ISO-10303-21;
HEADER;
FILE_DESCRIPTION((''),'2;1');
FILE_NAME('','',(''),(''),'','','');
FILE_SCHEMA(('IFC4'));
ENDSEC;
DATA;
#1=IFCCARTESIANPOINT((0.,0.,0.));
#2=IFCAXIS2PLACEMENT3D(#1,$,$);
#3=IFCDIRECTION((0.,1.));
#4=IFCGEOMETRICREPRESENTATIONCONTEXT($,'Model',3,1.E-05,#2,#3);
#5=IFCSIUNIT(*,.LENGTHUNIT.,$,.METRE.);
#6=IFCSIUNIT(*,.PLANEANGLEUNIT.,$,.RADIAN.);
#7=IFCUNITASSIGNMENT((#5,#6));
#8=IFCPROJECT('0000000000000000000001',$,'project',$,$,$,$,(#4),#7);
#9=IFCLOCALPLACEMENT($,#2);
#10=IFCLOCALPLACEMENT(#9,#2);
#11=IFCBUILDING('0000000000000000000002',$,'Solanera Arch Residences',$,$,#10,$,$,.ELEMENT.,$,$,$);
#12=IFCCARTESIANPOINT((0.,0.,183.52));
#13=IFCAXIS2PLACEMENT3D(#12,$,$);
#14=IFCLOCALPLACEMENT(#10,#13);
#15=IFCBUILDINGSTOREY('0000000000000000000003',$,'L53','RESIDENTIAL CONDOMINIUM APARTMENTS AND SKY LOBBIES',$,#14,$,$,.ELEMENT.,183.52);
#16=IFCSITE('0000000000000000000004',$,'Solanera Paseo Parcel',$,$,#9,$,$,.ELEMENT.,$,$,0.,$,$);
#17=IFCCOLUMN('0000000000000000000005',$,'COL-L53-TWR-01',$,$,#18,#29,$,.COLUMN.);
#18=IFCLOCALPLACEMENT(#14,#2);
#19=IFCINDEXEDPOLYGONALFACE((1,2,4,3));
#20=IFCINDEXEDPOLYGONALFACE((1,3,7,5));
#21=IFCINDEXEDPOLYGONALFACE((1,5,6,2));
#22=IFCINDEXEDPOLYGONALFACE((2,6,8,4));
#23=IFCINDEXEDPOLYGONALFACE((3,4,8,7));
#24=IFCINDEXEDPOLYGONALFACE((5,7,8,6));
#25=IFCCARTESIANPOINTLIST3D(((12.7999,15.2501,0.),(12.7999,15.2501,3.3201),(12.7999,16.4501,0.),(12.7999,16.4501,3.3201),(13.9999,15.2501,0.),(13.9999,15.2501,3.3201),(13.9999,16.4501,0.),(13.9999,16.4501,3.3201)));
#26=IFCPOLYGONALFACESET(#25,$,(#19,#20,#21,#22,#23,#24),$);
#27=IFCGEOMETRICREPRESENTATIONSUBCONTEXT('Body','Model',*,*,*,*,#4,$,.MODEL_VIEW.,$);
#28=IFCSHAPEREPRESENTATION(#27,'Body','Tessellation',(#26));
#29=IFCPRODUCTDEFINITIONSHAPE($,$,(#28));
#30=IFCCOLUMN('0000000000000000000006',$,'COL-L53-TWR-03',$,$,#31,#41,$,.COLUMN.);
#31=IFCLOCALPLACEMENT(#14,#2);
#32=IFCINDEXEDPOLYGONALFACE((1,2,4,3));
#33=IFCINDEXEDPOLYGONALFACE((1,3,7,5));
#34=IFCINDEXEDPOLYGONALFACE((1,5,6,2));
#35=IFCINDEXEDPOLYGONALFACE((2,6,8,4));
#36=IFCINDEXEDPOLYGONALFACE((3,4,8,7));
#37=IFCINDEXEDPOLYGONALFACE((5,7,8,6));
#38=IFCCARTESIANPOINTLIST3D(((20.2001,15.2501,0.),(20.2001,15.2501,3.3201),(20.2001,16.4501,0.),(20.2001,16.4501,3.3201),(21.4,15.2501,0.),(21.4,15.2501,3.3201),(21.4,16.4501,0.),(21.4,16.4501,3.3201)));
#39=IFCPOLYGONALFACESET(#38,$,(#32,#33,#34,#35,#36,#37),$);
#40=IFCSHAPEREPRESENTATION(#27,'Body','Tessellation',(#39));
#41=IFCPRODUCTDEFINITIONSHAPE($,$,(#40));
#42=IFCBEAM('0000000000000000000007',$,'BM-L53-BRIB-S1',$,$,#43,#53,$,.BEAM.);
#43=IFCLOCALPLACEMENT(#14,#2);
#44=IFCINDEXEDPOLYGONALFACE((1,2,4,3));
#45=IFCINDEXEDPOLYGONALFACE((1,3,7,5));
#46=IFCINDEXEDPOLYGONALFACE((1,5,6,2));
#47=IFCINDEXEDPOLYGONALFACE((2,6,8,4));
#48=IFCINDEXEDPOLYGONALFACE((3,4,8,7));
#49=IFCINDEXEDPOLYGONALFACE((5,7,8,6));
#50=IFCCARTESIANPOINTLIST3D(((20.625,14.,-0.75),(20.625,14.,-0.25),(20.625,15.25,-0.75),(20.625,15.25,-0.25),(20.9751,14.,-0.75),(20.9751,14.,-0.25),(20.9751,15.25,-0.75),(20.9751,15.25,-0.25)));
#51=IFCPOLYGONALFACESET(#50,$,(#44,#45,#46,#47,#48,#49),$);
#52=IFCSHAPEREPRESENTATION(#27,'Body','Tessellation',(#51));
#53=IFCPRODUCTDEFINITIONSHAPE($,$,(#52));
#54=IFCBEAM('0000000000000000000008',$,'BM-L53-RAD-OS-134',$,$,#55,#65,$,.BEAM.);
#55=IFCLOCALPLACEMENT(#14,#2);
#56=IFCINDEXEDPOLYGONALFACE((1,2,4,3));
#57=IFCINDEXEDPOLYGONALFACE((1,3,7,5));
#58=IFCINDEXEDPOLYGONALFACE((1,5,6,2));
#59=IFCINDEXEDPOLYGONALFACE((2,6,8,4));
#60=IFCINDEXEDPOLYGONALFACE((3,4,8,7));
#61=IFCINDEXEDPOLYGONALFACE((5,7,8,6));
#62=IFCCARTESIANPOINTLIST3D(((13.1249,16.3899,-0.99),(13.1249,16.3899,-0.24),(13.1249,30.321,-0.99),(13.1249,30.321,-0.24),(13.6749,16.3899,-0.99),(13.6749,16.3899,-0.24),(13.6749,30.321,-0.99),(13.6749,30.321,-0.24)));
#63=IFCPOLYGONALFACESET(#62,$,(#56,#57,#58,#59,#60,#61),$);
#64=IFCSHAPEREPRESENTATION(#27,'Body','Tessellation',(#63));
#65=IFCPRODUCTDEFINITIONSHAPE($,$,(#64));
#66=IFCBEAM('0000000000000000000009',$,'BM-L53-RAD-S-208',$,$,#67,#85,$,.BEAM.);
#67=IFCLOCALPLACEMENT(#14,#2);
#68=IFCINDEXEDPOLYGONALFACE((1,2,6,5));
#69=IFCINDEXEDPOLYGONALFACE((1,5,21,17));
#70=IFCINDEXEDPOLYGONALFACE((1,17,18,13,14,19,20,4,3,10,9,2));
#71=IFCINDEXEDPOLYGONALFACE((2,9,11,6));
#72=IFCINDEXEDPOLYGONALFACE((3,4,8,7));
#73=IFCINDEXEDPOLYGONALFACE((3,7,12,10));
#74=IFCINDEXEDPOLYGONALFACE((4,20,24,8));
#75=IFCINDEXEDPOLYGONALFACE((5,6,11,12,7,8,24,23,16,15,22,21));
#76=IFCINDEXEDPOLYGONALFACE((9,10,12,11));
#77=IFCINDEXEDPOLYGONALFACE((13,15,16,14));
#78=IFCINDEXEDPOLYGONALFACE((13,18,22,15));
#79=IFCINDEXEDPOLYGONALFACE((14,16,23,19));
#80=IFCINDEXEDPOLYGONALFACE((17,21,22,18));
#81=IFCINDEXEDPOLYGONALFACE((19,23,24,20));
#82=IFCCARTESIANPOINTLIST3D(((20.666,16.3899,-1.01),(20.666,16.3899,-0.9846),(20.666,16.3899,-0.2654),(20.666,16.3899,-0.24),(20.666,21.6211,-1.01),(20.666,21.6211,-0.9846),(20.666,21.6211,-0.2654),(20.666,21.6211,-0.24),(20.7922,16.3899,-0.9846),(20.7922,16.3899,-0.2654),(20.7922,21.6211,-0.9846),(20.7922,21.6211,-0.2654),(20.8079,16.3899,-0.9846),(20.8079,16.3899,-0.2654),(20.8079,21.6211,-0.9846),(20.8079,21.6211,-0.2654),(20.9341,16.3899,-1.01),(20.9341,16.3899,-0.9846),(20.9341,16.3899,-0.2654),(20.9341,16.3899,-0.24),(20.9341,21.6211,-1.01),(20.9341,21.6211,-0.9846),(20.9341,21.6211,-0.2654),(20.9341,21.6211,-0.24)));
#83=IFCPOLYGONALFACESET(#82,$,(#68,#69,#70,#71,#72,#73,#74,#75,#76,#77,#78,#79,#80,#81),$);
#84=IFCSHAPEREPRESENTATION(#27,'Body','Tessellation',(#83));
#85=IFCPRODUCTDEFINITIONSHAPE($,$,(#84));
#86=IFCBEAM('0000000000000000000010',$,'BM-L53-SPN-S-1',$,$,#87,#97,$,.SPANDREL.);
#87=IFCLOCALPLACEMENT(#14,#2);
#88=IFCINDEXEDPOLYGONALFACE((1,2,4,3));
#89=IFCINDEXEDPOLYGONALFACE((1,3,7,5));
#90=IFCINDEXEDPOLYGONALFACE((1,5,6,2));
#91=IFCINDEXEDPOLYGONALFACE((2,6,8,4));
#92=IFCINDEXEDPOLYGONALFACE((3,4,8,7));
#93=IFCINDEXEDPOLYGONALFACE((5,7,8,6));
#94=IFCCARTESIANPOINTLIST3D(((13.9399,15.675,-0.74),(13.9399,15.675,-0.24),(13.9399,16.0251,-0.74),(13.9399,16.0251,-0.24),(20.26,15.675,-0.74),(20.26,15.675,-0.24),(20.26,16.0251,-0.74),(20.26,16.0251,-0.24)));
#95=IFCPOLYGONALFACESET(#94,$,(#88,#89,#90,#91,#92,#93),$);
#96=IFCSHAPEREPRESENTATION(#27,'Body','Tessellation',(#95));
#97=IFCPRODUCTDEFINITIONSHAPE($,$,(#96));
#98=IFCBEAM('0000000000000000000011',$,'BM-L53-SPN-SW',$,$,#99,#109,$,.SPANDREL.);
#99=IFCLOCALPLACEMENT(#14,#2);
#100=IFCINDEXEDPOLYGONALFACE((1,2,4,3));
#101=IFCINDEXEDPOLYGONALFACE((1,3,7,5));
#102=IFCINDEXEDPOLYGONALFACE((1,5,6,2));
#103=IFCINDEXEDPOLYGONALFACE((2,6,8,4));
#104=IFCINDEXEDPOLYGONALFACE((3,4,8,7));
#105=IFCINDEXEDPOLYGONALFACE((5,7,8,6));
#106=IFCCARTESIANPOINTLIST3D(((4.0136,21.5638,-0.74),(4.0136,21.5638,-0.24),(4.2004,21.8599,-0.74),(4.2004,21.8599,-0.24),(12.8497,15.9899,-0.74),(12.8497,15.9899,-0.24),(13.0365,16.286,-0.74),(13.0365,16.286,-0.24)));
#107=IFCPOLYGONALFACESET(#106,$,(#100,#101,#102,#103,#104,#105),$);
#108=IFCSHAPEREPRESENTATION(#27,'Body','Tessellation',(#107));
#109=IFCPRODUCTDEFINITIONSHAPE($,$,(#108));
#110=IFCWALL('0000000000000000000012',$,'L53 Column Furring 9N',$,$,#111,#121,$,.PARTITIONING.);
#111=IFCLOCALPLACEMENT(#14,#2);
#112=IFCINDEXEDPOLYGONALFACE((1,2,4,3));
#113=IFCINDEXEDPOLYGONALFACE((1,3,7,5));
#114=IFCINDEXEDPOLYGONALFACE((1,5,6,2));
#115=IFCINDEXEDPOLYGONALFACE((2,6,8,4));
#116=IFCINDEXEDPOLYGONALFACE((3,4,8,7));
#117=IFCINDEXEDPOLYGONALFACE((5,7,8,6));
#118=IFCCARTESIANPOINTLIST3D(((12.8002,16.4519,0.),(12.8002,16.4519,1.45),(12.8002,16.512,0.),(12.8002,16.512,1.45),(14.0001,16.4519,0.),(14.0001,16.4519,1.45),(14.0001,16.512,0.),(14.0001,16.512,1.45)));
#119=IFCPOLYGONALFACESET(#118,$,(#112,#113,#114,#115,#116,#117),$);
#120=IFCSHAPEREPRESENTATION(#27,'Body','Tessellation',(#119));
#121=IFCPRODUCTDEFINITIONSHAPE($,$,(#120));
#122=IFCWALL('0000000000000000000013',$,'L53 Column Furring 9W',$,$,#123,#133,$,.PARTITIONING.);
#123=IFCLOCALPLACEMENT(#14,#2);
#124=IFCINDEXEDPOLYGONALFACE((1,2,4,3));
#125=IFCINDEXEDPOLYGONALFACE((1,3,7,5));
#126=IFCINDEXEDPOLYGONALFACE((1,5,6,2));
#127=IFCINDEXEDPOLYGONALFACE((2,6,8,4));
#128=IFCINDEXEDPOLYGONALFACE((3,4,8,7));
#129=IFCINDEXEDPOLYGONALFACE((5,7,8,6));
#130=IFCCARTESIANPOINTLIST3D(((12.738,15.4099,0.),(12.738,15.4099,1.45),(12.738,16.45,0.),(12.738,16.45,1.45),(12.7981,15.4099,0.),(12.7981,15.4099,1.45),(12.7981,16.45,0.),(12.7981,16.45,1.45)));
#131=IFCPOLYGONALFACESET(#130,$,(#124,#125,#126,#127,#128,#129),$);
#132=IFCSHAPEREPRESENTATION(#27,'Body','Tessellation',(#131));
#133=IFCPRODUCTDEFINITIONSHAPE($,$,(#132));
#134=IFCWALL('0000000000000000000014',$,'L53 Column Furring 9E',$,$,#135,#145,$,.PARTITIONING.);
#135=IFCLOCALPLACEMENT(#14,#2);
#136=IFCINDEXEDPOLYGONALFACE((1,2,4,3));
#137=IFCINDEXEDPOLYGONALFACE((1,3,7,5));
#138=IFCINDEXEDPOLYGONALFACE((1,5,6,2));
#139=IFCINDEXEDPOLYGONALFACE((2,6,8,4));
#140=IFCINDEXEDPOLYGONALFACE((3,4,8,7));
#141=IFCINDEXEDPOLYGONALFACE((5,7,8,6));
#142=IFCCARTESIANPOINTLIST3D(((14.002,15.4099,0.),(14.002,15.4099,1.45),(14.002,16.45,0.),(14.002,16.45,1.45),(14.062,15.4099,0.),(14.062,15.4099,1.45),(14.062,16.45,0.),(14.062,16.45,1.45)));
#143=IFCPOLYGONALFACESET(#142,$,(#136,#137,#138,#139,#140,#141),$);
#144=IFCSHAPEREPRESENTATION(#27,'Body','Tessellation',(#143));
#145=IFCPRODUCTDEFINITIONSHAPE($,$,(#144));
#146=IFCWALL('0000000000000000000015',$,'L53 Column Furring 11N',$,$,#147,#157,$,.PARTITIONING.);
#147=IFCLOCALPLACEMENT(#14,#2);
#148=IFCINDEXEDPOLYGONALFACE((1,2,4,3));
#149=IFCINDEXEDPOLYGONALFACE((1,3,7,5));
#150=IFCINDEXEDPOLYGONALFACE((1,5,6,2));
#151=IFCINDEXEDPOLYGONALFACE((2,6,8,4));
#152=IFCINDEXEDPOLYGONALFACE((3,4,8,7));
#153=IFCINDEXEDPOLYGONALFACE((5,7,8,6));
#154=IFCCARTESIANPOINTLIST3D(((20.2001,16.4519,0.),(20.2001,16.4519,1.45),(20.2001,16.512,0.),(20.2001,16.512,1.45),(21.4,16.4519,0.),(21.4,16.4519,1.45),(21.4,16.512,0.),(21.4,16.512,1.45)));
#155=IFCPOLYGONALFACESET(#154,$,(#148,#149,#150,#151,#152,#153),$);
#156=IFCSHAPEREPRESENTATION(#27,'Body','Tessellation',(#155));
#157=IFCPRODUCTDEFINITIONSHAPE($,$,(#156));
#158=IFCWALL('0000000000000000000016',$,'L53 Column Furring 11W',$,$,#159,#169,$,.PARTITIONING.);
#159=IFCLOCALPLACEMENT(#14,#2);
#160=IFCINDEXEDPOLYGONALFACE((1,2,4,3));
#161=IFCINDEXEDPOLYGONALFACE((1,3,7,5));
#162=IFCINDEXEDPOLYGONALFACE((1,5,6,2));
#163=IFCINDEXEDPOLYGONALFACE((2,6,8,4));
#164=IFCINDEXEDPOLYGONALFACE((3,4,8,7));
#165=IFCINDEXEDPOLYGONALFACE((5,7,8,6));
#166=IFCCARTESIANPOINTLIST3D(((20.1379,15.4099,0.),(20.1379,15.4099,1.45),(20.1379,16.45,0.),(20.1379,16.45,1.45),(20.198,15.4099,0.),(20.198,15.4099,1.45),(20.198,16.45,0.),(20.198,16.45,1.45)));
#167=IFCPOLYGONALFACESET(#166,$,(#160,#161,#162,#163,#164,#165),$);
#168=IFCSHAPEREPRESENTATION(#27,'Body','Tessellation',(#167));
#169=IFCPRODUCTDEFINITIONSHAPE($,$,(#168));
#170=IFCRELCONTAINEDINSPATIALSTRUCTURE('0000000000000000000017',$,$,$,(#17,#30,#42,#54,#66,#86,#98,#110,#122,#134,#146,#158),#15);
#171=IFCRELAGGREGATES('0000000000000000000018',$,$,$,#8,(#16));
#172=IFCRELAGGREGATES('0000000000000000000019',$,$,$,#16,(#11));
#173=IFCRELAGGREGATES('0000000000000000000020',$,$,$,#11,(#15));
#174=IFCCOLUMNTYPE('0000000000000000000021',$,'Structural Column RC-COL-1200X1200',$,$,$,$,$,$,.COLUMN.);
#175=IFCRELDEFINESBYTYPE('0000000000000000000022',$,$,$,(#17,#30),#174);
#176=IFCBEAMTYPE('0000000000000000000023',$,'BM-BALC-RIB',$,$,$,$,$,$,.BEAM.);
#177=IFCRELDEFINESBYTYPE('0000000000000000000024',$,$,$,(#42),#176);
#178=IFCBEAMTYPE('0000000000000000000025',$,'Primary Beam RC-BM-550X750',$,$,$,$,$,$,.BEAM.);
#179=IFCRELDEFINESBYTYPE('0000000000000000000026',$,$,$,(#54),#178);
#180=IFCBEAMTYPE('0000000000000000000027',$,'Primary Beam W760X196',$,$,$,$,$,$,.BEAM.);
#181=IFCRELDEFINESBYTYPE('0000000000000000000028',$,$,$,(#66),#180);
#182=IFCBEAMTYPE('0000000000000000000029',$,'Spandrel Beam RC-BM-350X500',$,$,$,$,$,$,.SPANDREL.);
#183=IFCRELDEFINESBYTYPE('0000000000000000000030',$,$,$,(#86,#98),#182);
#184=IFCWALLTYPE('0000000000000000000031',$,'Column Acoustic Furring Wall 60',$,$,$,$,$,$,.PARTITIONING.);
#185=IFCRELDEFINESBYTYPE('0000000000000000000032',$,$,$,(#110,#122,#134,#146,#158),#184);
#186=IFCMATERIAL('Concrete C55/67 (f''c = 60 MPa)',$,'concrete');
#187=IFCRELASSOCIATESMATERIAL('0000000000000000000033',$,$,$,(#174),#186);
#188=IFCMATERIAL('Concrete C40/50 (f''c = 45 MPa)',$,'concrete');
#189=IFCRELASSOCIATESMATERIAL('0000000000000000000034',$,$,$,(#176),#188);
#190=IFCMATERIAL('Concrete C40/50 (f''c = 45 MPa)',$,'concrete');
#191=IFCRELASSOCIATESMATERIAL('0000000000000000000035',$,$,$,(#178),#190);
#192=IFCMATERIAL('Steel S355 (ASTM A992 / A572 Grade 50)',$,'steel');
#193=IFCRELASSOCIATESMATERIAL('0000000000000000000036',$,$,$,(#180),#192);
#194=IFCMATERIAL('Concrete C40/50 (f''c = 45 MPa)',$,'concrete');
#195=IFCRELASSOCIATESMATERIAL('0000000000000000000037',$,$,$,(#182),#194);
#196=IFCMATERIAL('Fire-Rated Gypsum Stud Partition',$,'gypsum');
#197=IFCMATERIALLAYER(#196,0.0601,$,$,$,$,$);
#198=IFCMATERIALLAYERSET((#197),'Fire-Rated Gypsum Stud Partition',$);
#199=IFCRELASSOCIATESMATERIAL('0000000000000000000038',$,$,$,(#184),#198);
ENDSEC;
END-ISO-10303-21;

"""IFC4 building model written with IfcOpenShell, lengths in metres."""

from ifc_helpers import new_model, si_unit, direction, frame, frame_2d, origin, origin_2d, place, context, subcontext, project, spatial, rectangle, i_section, extrude, material, layer, layer_set, material_profile, profile_set, type_object, element, save


model = new_model("IFC4")

# Units and contexts
model_context = context("Model", 3, precision=1e-05, world=origin(), true_north=direction((0.0, 1.0)))
body_context = subcontext(model_context, "Body", "Model", "MODEL_VIEW")
ifc_project = project(units=[si_unit("LENGTHUNIT", "METRE"), si_unit("PLANEANGLEUNIT", "RADIAN")], contexts=[model_context])

# Site, building, storey
site_placement = place(None, origin())
site = spatial("IfcSite", under=ifc_project, at=site_placement, Name="Solanera Paseo Parcel", CompositionType="ELEMENT", RefElevation=0.0)
building_placement = place(site_placement, origin())
building = spatial("IfcBuilding", under=site, at=building_placement, Name="Solanera Arch Residences", CompositionType="ELEMENT")
storey_placement = place(building_placement, frame((0.0, 0.0, 183.52)))
storey = spatial("IfcBuildingStorey", under=building, at=storey_placement, Name="L53", Description="RESIDENTIAL CONDOMINIUM APARTMENTS AND SKY LOBBIES", CompositionType="ELEMENT", Elevation=183.52)

# Columns
ifc_material_1 = material(Name="Concrete C55/67 (f'c = 60 MPa)", Category="concrete")
ifc_material_profile_1 = material_profile(ifc_material_1, rectangle(XDim=1.2, YDim=1.2, at=origin_2d()))
ifc_profile_set_1 = profile_set([ifc_material_profile_1], Name="Concrete C55/67 (f'c = 60 MPa)")
column_type = type_object("IfcColumnType", Name="Structural Column RC-COL-1200X1200", PredefinedType="COLUMN", material=ifc_profile_set_1)
for number, where, z_axis, x_axis, name in (
    (1, (13.3999, 15.8501, 0.0), (0.0, 0.0, 1.0), (1.0, 0.0, 0.0), "COL-L53-TWR-01"),
    (2, (20.8, 15.8501, 0.0), (0.0, 0.0, 1.0), (1.0, 0.0, 0.0), "COL-L53-TWR-03"),
):
    element("IfcColumn", number, at=place(storey_placement, frame(where, z_axis=z_axis, x_axis=x_axis)), inside=storey, type_object=column_type, Name=name, PredefinedType="COLUMN", context=body_context, shape_type="SweptSolid", body=[
        extrude(rectangle(XDim=1.2, YDim=1.2, at=origin_2d()), origin(), (0.0, 0.0, 1.0), 3.3201),
    ])

# Beams
ifc_material_2 = material(Name="Concrete C40/50 (f'c = 45 MPa)", Category="concrete")
ifc_material_profile_2 = material_profile(ifc_material_2, rectangle(XDim=0.3501, YDim=0.5, at=origin_2d()))
ifc_profile_set_2 = profile_set([ifc_material_profile_2], Name="Concrete C40/50 (f'c = 45 MPa)")
beam_type_1 = type_object("IfcBeamType", Name="BM-BALC-RIB", PredefinedType="BEAM", material=ifc_profile_set_2)
beam_1_placement = place(storey_placement, frame((20.8, 14.0, -0.5), z_axis=(0.0, 1.0, 0.0), x_axis=(-1.0, 0.0, 0.0)))
element("IfcBeam", 3, at=beam_1_placement, inside=storey, type_object=beam_type_1, Name="BM-L53-BRIB-S1", PredefinedType="BEAM", context=body_context, shape_type="SweptSolid", body=[
    extrude(rectangle(XDim=0.3501, YDim=0.5, at=origin_2d()), origin(), (0.0, 0.0, 1.0), 1.25),
])
ifc_material_3 = material(Name="Concrete C40/50 (f'c = 45 MPa)", Category="concrete")
ifc_material_profile_3 = material_profile(ifc_material_3, rectangle(XDim=0.55, YDim=0.75, at=origin_2d()))
ifc_profile_set_3 = profile_set([ifc_material_profile_3], Name="Concrete C40/50 (f'c = 45 MPa)")
beam_type_2 = type_object("IfcBeamType", Name="Primary Beam RC-BM-550X750", PredefinedType="BEAM", material=ifc_profile_set_3)
beam_2_placement = place(storey_placement, frame((13.3999, 16.3899, -0.615), z_axis=(0.0, 1.0, 0.0), x_axis=(-1.0, 0.0, 0.0)))
element("IfcBeam", 4, at=beam_2_placement, inside=storey, type_object=beam_type_2, Name="BM-L53-RAD-OS-134", PredefinedType="BEAM", context=body_context, shape_type="SweptSolid", body=[
    extrude(rectangle(XDim=0.55, YDim=0.75, at=origin_2d()), origin(), (0.0, 0.0, 1.0), 13.9312),
])
ifc_material_4 = material(Name="Steel S355 (ASTM A992 / A572 Grade 50)", Category="steel")
ifc_material_profile_4 = material_profile(ifc_material_4, i_section(OverallWidth=0.2681, OverallDepth=0.77, WebThickness=0.0156, FlangeThickness=0.0254, at=origin_2d()))
ifc_profile_set_4 = profile_set([ifc_material_profile_4], Name="Steel S355 (ASTM A992 / A572 Grade 50)")
beam_type_3 = type_object("IfcBeamType", Name="Primary Beam W760X196", PredefinedType="BEAM", material=ifc_profile_set_4)
beam_3_placement = place(storey_placement, frame((20.8, 16.3899, -0.625), z_axis=(0.0, 1.0, 0.0), x_axis=(-1.0, 0.0, 0.0)))
element("IfcBeam", 5, at=beam_3_placement, inside=storey, type_object=beam_type_3, Name="BM-L53-RAD-S-208", PredefinedType="BEAM", context=body_context, shape_type="SweptSolid", body=[
    extrude(i_section(OverallWidth=0.2681, OverallDepth=0.77, WebThickness=0.0156, FlangeThickness=0.0254, at=origin_2d()), origin(), (0.0, 0.0, 1.0), 5.2312),
])
ifc_material_5 = material(Name="Concrete C40/50 (f'c = 45 MPa)", Category="concrete")
ifc_material_profile_5 = material_profile(ifc_material_5, rectangle(XDim=0.3501, YDim=0.5, at=origin_2d()))
ifc_profile_set_5 = profile_set([ifc_material_profile_5], Name="Concrete C40/50 (f'c = 45 MPa)")
beam_type_4 = type_object("IfcBeamType", Name="Spandrel Beam RC-BM-350X500", PredefinedType="SPANDREL", material=ifc_profile_set_5)
beam_4_placement = place(storey_placement, frame((13.9399, 15.8501, -0.49), z_axis=(1.0, 0.0, 0.0), x_axis=(0.0, 1.0, 0.0)))
element("IfcBeam", 6, at=beam_4_placement, inside=storey, type_object=beam_type_4, Name="BM-L53-SPN-S-1", PredefinedType="SPANDREL", context=body_context, shape_type="SweptSolid", body=[
    extrude(rectangle(XDim=0.3501, YDim=0.5, at=origin_2d()), origin(), (0.0, 0.0, 1.0), 6.3201),
])
beam_5_placement = place(storey_placement, frame((12.9431, 16.1379, -0.49), z_axis=(-0.845781, 0.53353, 0.0), x_axis=(-0.53353, -0.845781, 0.0)))
element("IfcBeam", 7, at=beam_5_placement, inside=storey, type_object=beam_type_4, Name="BM-L53-SPN-SW", PredefinedType="SPANDREL", context=body_context, shape_type="SweptSolid", body=[
    extrude(rectangle(XDim=0.3501, YDim=0.5, at=origin_2d()), origin(), (0.0, 0.0, 1.0), 10.4473),
])

# Walls
ifc_material_6 = material(Name="Fire-Rated Gypsum Stud Partition", Category="gypsum")
ifc_layer_1 = layer(ifc_material_6, 0.0601)
ifc_layer_set_1 = layer_set([ifc_layer_1], Name="Fire-Rated Gypsum Stud Partition")
wall_type_1 = type_object("IfcWallType", Name="Column Acoustic Furring Wall 60", PredefinedType="PARTITIONING", material=ifc_layer_set_1)
wall_1_placement = place(storey_placement, frame((12.8, 16.4819, 0.0), z_axis=(0.0, 0.0, 1.0), x_axis=(1.0, 0.0, 0.0)))
element("IfcWall", 8, at=wall_1_placement, inside=storey, type_object=wall_type_1, Name="L53 Column Furring 9N", PredefinedType="PARTITIONING", context=body_context, shape_type="SweptSolid", body=[
    extrude(rectangle(XDim=1.2, YDim=0.0601, at=frame_2d((0.6001, 0.0))), origin(), (0.0, 0.0, 1.0), 1.45),
])
for number, where, z_axis, x_axis, name in (
    (9, (12.7681, 15.4099, 0.0), (0.0, 0.0, 1.0), (0.0, 1.0, 0.0), "L53 Column Furring 9W"),
    (10, (14.032, 15.4099, 0.0), (0.0, 0.0, 1.0), (0.0, 1.0, 0.0), "L53 Column Furring 9E"),
):
    element("IfcWall", number, at=place(storey_placement, frame(where, z_axis=z_axis, x_axis=x_axis)), inside=storey, type_object=wall_type_1, Name=name, PredefinedType="PARTITIONING", context=body_context, shape_type="SweptSolid", body=[
        extrude(rectangle(XDim=1.04, YDim=0.0601, at=frame_2d((0.52, 0.0))), origin(), (0.0, 0.0, 1.0), 1.45),
    ])
wall_2_placement = place(storey_placement, frame((20.2, 16.4819, 0.0), z_axis=(0.0, 0.0, 1.0), x_axis=(1.0, 0.0, 0.0)))
element("IfcWall", 11, at=wall_2_placement, inside=storey, type_object=wall_type_1, Name="L53 Column Furring 11N", PredefinedType="PARTITIONING", context=body_context, shape_type="SweptSolid", body=[
    extrude(rectangle(XDim=1.2, YDim=0.0601, at=frame_2d((0.6001, 0.0))), origin(), (0.0, 0.0, 1.0), 1.45),
])
wall_3_placement = place(storey_placement, frame((20.168, 15.4099, 0.0), z_axis=(0.0, 0.0, 1.0), x_axis=(0.0, 1.0, 0.0)))
element("IfcWall", 12, at=wall_3_placement, inside=storey, type_object=wall_type_1, Name="L53 Column Furring 11W", PredefinedType="PARTITIONING", context=body_context, shape_type="SweptSolid", body=[
    extrude(rectangle(XDim=1.04, YDim=0.0601, at=frame_2d((0.52, 0.0))), origin(), (0.0, 0.0, 1.0), 1.45),
])

save(model, "model.ifc")
